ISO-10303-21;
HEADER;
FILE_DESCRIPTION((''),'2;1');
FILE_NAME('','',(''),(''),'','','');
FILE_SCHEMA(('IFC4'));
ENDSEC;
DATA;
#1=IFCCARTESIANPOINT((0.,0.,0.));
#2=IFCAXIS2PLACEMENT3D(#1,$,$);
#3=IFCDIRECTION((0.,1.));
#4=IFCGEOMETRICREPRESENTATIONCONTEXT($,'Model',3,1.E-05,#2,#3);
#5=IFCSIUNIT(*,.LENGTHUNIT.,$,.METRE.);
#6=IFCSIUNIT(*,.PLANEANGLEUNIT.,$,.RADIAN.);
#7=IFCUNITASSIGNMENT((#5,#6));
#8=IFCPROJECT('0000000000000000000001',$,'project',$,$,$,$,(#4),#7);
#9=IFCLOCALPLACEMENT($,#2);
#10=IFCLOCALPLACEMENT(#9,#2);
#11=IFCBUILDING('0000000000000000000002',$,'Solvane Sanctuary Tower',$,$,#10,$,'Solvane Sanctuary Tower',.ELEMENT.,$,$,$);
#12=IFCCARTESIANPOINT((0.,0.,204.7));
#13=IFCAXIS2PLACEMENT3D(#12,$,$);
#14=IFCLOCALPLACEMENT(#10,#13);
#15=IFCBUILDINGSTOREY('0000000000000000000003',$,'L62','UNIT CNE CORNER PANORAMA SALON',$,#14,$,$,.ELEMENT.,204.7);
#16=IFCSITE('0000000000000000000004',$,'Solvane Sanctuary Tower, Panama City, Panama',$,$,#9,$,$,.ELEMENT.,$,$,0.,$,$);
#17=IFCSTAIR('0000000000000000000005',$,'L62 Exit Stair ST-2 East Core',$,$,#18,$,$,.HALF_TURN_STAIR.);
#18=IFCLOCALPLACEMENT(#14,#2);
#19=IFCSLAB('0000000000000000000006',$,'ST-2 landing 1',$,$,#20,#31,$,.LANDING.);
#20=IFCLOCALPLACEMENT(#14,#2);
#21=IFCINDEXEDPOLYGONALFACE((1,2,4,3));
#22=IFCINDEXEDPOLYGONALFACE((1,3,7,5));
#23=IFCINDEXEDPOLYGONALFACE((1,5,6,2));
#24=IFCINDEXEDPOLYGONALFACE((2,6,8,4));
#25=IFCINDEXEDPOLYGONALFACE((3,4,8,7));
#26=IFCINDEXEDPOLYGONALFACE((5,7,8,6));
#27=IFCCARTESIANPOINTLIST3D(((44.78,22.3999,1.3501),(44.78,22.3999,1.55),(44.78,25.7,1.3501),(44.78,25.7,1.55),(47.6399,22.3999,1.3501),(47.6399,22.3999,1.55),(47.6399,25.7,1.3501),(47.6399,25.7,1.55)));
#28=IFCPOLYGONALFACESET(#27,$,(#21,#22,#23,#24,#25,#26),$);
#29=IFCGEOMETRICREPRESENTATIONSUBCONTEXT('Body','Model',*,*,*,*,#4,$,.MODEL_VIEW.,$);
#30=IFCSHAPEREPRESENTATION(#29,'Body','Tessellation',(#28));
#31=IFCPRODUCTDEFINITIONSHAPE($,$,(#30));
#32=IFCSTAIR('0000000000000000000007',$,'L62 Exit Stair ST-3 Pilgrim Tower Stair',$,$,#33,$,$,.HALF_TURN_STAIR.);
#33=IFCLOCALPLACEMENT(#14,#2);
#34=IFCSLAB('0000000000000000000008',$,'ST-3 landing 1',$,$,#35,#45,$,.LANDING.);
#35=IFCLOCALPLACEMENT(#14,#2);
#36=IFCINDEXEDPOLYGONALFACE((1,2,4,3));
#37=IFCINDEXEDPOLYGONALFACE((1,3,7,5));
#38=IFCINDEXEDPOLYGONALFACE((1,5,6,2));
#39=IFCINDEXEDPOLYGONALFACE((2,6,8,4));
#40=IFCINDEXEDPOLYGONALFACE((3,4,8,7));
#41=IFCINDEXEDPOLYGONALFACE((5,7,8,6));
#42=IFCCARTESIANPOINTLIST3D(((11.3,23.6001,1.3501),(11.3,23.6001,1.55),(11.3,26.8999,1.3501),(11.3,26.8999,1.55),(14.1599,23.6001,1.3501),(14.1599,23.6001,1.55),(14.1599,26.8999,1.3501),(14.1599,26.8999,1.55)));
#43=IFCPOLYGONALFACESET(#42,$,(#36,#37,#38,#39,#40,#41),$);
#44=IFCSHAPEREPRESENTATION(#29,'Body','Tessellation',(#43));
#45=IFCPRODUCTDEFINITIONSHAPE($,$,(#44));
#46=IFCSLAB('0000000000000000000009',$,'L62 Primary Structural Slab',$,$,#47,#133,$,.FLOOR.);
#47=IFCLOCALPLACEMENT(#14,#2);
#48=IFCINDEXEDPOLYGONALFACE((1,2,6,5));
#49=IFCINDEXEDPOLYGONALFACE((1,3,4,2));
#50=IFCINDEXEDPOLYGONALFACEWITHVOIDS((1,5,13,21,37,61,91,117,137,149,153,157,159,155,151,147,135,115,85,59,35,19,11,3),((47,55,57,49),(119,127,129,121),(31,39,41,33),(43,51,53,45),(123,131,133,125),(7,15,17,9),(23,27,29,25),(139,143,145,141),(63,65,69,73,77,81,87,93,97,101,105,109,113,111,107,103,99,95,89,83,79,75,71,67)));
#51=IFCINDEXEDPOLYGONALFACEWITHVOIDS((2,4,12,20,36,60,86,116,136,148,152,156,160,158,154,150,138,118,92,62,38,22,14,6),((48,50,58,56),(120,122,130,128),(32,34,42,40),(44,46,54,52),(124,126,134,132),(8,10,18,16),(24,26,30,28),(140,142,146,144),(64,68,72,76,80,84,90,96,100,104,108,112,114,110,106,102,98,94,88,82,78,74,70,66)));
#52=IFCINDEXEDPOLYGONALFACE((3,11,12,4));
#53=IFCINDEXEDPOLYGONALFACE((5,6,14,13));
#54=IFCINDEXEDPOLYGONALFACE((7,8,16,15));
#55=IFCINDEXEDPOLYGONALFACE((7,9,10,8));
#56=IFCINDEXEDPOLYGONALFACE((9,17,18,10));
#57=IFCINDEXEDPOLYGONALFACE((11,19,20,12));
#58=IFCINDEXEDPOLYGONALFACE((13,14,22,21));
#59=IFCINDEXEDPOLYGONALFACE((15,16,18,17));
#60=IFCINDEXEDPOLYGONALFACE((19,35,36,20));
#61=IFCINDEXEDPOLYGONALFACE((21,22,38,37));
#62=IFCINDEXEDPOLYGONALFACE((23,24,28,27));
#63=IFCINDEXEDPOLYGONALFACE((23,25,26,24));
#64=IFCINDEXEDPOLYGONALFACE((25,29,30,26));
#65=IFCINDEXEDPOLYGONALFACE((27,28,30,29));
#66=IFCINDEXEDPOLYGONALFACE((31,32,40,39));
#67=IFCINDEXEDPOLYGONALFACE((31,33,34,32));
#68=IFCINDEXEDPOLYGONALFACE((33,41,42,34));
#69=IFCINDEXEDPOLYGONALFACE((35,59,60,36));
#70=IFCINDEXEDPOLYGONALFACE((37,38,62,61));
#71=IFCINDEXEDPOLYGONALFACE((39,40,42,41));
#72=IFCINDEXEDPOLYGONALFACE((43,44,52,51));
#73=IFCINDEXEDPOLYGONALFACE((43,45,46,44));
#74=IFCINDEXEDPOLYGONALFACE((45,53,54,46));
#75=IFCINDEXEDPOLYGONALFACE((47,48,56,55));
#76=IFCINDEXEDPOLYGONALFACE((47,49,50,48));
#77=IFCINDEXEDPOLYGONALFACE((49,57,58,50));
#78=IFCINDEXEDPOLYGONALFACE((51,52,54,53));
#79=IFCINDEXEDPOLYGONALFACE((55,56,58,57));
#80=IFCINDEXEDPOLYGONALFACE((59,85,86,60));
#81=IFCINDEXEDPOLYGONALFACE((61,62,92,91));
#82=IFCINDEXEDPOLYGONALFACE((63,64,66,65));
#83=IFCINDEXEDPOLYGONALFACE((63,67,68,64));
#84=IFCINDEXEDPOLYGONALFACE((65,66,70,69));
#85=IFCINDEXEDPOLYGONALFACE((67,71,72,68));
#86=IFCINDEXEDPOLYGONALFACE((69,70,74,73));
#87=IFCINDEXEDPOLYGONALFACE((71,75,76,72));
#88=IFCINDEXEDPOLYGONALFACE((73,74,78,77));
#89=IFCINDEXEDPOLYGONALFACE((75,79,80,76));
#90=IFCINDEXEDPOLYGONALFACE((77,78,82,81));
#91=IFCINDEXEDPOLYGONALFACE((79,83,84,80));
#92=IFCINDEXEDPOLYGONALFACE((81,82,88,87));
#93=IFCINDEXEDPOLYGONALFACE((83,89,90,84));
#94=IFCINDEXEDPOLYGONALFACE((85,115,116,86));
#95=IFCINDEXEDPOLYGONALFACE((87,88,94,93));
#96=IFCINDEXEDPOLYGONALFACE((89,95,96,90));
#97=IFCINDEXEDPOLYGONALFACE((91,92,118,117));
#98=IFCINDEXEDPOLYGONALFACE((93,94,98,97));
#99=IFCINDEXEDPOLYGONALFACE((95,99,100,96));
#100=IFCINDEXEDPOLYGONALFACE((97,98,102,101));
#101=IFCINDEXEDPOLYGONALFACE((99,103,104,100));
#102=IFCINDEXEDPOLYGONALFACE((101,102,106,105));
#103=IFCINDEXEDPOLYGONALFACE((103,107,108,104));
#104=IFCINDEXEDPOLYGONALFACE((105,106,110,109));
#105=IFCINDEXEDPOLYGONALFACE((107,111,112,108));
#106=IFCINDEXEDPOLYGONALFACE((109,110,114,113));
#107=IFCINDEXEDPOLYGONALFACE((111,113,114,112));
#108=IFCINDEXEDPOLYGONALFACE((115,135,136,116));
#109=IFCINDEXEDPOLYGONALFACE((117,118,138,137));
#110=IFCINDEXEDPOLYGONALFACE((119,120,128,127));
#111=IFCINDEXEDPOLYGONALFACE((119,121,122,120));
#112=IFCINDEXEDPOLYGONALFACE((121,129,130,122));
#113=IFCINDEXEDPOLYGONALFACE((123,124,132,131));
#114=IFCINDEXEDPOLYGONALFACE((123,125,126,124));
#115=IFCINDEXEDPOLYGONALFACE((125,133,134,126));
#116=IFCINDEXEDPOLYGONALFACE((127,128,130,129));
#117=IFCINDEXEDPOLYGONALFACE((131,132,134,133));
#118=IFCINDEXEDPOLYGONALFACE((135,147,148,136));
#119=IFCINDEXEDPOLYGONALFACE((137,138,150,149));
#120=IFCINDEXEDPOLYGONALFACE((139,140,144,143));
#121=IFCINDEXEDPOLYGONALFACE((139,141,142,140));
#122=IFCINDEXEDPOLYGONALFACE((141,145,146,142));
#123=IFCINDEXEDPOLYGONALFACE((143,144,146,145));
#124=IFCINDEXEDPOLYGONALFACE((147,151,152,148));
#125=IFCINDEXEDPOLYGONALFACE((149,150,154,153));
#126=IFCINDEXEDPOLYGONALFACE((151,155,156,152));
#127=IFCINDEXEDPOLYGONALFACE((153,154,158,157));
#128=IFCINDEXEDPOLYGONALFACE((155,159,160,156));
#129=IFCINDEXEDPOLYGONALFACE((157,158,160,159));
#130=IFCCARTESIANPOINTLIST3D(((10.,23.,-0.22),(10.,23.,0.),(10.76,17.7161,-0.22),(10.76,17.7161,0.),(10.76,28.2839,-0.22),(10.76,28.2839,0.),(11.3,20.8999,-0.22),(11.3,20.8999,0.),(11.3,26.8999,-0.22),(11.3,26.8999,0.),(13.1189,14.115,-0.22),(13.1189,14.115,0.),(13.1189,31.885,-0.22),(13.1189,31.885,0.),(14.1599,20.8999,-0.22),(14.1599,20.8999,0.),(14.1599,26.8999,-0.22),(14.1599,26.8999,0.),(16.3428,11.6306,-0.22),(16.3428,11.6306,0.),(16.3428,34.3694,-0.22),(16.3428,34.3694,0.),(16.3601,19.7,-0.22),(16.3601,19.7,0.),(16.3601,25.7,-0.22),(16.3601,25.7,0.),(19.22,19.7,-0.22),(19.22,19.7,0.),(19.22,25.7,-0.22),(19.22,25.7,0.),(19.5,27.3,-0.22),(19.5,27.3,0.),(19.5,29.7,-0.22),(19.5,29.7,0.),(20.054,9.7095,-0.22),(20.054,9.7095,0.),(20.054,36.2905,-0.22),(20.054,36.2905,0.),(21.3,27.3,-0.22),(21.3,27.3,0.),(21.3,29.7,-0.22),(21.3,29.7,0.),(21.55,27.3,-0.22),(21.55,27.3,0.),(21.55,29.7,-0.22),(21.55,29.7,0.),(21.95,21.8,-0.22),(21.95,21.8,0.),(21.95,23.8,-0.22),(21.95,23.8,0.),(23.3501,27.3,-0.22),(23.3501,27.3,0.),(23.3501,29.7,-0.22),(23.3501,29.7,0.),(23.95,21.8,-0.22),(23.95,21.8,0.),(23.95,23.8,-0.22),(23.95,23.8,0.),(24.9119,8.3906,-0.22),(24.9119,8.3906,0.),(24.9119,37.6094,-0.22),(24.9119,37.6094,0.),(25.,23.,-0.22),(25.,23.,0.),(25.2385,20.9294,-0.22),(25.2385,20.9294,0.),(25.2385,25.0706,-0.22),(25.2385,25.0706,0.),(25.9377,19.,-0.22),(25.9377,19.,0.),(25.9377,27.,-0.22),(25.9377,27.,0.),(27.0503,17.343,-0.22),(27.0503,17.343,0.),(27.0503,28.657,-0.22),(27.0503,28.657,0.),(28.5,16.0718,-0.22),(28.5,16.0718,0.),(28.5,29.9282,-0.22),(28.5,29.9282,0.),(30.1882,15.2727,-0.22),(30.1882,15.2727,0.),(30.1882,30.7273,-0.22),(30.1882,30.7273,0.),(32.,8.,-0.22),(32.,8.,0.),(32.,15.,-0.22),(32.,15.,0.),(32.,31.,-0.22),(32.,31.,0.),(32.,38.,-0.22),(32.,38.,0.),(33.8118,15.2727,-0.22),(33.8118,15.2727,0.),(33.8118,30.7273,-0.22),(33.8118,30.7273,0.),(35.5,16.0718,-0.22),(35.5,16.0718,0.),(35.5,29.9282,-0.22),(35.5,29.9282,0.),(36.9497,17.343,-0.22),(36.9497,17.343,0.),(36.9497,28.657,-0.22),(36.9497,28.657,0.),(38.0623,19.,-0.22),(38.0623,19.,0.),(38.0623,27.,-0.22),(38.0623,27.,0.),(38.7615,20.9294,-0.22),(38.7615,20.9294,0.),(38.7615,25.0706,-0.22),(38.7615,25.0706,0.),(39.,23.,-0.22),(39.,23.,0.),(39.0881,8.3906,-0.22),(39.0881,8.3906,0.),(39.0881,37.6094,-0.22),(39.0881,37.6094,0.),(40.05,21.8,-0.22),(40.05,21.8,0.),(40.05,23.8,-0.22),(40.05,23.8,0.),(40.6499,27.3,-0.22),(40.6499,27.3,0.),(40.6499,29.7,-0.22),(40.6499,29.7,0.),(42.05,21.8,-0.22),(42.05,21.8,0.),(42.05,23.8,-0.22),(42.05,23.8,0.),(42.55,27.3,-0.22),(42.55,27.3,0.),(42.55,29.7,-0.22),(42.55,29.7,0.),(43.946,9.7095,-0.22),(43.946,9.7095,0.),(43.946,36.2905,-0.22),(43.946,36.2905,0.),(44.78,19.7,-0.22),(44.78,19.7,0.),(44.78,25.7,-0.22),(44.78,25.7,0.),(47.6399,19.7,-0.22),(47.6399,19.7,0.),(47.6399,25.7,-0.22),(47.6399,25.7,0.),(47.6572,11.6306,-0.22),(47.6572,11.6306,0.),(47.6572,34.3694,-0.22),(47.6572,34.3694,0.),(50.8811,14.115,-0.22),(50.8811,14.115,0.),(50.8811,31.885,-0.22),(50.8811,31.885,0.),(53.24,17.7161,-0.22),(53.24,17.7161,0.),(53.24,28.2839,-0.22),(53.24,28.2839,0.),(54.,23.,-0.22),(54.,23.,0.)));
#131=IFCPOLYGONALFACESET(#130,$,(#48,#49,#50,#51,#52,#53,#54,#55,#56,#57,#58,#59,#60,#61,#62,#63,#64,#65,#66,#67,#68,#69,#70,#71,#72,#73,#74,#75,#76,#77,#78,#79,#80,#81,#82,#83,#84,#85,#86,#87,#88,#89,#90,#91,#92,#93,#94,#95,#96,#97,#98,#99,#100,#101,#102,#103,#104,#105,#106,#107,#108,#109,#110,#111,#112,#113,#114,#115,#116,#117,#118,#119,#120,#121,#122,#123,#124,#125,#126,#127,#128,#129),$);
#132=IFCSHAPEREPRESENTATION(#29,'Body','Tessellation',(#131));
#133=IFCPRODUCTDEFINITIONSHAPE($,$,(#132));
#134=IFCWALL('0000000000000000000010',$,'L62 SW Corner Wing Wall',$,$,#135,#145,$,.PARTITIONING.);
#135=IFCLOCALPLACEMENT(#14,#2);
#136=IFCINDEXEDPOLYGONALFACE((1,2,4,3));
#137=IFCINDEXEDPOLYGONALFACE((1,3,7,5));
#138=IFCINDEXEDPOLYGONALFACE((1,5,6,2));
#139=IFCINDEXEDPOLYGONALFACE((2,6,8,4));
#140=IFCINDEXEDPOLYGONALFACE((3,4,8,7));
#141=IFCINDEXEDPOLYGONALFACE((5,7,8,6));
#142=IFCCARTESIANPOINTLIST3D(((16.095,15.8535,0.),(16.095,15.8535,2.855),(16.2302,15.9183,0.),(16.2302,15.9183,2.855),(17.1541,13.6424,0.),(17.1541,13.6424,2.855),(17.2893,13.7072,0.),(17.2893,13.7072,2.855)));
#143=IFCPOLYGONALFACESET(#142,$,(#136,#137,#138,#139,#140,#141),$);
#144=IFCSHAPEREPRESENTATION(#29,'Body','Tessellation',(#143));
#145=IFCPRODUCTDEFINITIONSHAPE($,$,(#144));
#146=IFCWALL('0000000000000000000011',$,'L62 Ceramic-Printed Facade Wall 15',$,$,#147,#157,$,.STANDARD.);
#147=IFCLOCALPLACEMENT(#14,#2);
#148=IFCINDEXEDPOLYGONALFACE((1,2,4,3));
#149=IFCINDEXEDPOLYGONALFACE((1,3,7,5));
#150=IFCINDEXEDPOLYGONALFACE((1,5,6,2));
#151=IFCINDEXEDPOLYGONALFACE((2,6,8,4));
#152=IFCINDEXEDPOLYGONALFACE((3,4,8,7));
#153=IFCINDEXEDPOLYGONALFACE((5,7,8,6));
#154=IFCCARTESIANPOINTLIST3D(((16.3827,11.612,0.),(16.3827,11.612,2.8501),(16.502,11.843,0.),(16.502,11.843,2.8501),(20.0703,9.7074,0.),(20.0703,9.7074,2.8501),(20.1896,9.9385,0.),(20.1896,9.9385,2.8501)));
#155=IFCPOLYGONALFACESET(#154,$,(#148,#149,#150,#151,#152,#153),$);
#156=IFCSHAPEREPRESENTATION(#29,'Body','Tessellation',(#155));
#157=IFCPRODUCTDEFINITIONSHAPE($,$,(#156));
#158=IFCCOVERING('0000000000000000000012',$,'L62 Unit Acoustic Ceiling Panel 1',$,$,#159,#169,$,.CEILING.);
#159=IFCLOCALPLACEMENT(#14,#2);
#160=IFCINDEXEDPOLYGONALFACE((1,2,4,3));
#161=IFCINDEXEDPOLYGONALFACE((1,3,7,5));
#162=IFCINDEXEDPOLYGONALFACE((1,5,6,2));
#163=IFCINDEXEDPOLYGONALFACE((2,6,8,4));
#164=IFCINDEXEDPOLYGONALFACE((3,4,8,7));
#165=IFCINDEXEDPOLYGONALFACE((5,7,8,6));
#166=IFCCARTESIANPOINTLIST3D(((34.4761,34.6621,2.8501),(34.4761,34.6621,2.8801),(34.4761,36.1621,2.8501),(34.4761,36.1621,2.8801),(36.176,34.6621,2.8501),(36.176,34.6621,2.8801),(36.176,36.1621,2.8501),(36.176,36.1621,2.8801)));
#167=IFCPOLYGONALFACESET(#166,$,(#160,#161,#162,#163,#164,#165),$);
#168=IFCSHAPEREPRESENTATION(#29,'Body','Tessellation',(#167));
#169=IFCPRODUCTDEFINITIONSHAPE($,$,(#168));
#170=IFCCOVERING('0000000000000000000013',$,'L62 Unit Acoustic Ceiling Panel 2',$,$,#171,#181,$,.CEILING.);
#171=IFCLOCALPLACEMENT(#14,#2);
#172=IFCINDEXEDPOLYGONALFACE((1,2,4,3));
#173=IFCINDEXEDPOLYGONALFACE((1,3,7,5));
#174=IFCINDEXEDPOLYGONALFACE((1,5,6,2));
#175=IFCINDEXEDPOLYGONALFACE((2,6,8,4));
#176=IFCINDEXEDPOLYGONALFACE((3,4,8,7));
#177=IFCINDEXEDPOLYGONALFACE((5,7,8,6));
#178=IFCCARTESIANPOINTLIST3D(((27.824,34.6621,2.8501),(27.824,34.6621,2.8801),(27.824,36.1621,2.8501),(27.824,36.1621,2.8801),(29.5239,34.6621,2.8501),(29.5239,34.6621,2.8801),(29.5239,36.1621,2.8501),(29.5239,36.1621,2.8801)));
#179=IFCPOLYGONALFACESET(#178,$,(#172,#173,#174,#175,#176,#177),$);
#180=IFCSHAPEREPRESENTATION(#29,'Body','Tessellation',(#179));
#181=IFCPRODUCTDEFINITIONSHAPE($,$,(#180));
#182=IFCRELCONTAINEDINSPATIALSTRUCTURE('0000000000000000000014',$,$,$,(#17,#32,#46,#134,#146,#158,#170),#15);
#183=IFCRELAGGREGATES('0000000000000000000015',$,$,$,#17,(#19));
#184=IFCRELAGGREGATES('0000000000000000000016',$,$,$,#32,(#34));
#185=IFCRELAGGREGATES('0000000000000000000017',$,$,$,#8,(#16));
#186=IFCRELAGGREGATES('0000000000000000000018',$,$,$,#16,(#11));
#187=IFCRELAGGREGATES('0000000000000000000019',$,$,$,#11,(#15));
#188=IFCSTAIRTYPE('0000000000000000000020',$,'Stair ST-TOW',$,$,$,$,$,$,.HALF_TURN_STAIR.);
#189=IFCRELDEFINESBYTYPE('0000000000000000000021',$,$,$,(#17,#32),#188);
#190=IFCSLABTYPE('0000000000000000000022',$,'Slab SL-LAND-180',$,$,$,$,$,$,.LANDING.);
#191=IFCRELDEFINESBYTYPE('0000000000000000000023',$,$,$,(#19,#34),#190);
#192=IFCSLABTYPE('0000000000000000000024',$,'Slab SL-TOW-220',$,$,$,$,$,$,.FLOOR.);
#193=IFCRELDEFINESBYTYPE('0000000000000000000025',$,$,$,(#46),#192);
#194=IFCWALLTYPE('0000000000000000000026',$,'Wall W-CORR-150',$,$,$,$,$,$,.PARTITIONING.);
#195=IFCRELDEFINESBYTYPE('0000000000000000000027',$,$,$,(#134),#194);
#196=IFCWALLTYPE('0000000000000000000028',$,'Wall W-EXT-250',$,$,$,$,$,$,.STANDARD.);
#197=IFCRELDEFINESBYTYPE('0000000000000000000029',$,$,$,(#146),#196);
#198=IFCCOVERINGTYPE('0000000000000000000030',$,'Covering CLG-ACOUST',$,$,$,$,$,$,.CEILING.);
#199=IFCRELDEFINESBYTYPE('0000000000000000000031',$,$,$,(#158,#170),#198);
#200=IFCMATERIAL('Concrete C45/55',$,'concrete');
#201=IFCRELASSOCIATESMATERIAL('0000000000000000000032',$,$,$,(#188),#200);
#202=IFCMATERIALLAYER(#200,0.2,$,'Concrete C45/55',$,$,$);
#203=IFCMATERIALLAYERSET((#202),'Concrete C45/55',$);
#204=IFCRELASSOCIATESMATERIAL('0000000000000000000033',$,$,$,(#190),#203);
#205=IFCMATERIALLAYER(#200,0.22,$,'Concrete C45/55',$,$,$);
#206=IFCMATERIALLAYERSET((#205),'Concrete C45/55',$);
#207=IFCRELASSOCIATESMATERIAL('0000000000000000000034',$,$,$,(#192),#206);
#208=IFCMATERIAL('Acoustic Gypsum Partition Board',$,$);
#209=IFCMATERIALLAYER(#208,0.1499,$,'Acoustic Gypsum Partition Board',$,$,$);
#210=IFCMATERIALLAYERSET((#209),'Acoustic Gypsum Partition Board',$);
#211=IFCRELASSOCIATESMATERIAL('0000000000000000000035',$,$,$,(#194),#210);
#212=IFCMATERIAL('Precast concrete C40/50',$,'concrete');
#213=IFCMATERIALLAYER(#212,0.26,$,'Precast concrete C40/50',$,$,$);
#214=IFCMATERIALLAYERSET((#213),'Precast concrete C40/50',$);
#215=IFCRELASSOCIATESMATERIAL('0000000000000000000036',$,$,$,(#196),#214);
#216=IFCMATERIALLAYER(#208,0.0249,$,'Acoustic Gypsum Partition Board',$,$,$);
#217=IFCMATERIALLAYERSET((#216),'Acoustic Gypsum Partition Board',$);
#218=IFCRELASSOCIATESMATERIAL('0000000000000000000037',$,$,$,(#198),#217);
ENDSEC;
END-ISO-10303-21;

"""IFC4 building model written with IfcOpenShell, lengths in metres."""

from ifc_helpers import new_model, si_unit, direction, frame, frame_2d, origin, place, context, subcontext, project, spatial, polyline, rectangle, outline, extrude, material, layer, layer_set, type_object, element, aggregate, save


model = new_model("IFC4")

# Units and contexts
model_context = context("Model", 3, precision=1e-05, world=origin(), true_north=direction((0.0, 1.0)))
body_context = subcontext(model_context, "Body", "Model", "MODEL_VIEW")
ifc_project = project(units=[si_unit("LENGTHUNIT", "METRE"), si_unit("PLANEANGLEUNIT", "RADIAN")], contexts=[model_context])

# Site, building, storey
site_placement = place(None, origin())
site = spatial("IfcSite", under=ifc_project, at=site_placement, Name="Solvane Sanctuary Tower, Panama City, Panama", CompositionType="ELEMENT", RefElevation=0.0)
building_placement = place(site_placement, origin())
building = spatial("IfcBuilding", under=site, at=building_placement, Name="Solvane Sanctuary Tower", LongName="Solvane Sanctuary Tower", CompositionType="ELEMENT")
storey_placement = place(building_placement, frame((0.0, 0.0, 204.7)))
storey = spatial("IfcBuildingStorey", under=building, at=storey_placement, Name="L62", Description="UNIT CNE CORNER PANORAMA SALON", CompositionType="ELEMENT", Elevation=204.7)

# Shared definitions
ifc_material_1 = material(Name="Precast concrete C40/50", Category="concrete")

# Stairs, slabs
ifc_material_2 = material(Name="Concrete C45/55", Category="concrete")
stair_type = type_object("IfcStairType", Name="Stair ST-TOW", PredefinedType="HALF_TURN_STAIR", material=ifc_material_2)
ifc_layer_1 = layer(ifc_material_2, 0.2, Name="Concrete C45/55")
ifc_layer_set_1 = layer_set([ifc_layer_1], Name="Concrete C45/55")
slab_type_1 = type_object("IfcSlabType", Name="Slab SL-LAND-180", PredefinedType="LANDING", material=ifc_layer_set_1)
stair_1_placement = place(storey_placement, origin())
stair_1 = element("IfcStair", 1, at=stair_1_placement, inside=storey, type_object=stair_type, Name="L62 Exit Stair ST-2 East Core", PredefinedType="HALF_TURN_STAIR")
slab_1_placement = place(storey_placement, frame((0.0, 0.0, 1.3501)))
slab_1 = element("IfcSlab", 2, at=slab_1_placement, type_object=slab_type_1, Name="ST-2 landing 1", PredefinedType="LANDING", context=body_context, shape_type="SweptSolid", body=[
    extrude(outline(polyline([(47.6399, 22.3999), (47.6399, 25.7), (44.78, 25.7), (44.78, 22.3999), (47.6399, 22.3999)])), origin(), (0.0, 0.0, 1.0), 0.2),
])
aggregate(stair_1, [slab_1])
stair_2_placement = place(storey_placement, origin())
stair_2 = element("IfcStair", 3, at=stair_2_placement, inside=storey, type_object=stair_type, Name="L62 Exit Stair ST-3 Pilgrim Tower Stair", PredefinedType="HALF_TURN_STAIR")
slab_2_placement = place(storey_placement, frame((0.0, 0.0, 1.3501)))
slab_2 = element("IfcSlab", 4, at=slab_2_placement, type_object=slab_type_1, Name="ST-3 landing 1", PredefinedType="LANDING", context=body_context, shape_type="SweptSolid", body=[
    extrude(outline(polyline([(14.1599, 23.6001), (14.1599, 26.8999), (11.3, 26.8999), (11.3, 23.6001), (14.1599, 23.6001)])), origin(), (0.0, 0.0, 1.0), 0.2),
])
aggregate(stair_2, [slab_2])

# Slab
ifc_layer_2 = layer(ifc_material_2, 0.22, Name="Concrete C45/55")
ifc_layer_set_2 = layer_set([ifc_layer_2], Name="Concrete C45/55")
slab_type_2 = type_object("IfcSlabType", Name="Slab SL-TOW-220", PredefinedType="FLOOR", material=ifc_layer_set_2)
slab_3_placement = place(storey_placement, frame((0.0, 0.0, -0.22)))
element("IfcSlab", 5, at=slab_3_placement, inside=storey, type_object=slab_type_2, Name="L62 Primary Structural Slab", PredefinedType="FLOOR", context=body_context, shape_type="SweptSolid", body=[
    extrude(outline(polyline([(54.0, 23.0), (53.24, 28.2839), (50.8811, 31.885), (47.6572, 34.3694), (43.946, 36.2905), (39.0881, 37.6094), (32.0, 38.0), (24.9119, 37.6094), (20.054, 36.2905), (16.3428, 34.3694), (13.1189, 31.885), (10.76, 28.2839), (10.0, 23.0), (10.76, 17.7161), (13.1189, 14.115), (16.3428, 11.6306), (20.054, 9.7095), (24.9119, 8.3906), (32.0, 8.0), (39.0881, 8.3906), (43.946, 9.7095), (47.6572, 11.6306), (50.8811, 14.115), (53.24, 17.7161), (54.0, 23.0)]), holes=[polyline([(38.7615, 20.9294), (38.0623, 19.0), (36.9497, 17.343), (35.5, 16.0718), (33.8118, 15.2727), (32.0, 15.0), (30.1882, 15.2727), (28.5, 16.0718), (27.0503, 17.343), (25.9377, 19.0), (25.2385, 20.9294), (25.0, 23.0), (25.2385, 25.0706), (25.9377, 27.0), (27.0503, 28.657), (28.5, 29.9282), (30.1882, 30.7273), (32.0, 31.0), (33.8118, 30.7273), (35.5, 29.9282), (36.9497, 28.657), (38.0623, 27.0), (38.7615, 25.0706), (39.0, 23.0), (38.7615, 20.9294)]), polyline([(16.3601, 19.7), (16.3601, 25.7), (19.22, 25.7), (19.22, 19.7), (16.3601, 19.7)]), polyline([(44.78, 19.7), (44.78, 25.7), (47.6399, 25.7), (47.6399, 19.7), (44.78, 19.7)]), polyline([(11.3, 20.8999), (11.3, 26.8999), (14.1599, 26.8999), (14.1599, 20.8999), (11.3, 20.8999)]), polyline([(21.95, 23.8), (23.95, 23.8), (23.95, 21.8), (21.95, 21.8), (21.95, 23.8)]), polyline([(40.05, 23.8), (42.05, 23.8), (42.05, 21.8), (40.05, 21.8), (40.05, 23.8)]), polyline([(19.5, 29.7), (21.3, 29.7), (21.3, 27.3), (19.5, 27.3), (19.5, 29.7)]), polyline([(21.55, 29.7), (23.3501, 29.7), (23.3501, 27.3), (21.55, 27.3), (21.55, 29.7)]), polyline([(40.6499, 29.7), (42.55, 29.7), (42.55, 27.3), (40.6499, 27.3), (40.6499, 29.7)])]), origin(), (0.0, 0.0, 1.0), 0.22),
])

# Walls
ifc_material_3 = material(Name="Acoustic Gypsum Partition Board")
ifc_layer_3 = layer(ifc_material_3, 0.1499, Name="Acoustic Gypsum Partition Board")
ifc_layer_set_3 = layer_set([ifc_layer_3], Name="Acoustic Gypsum Partition Board")
wall_type_1 = type_object("IfcWallType", Name="Wall W-CORR-150", PredefinedType="PARTITIONING", material=ifc_layer_set_3)
wall_1_placement = place(storey_placement, frame((17.2217, 13.6748, 0.0), z_axis=(0.0, 0.0, 1.0), x_axis=(-0.431973, 0.901886, 0.0)))
element("IfcWall", 6, at=wall_1_placement, inside=storey, type_object=wall_type_1, Name="L62 SW Corner Wing Wall", PredefinedType="PARTITIONING", context=body_context, shape_type="SweptSolid", body=[
    extrude(rectangle(XDim=2.4517, YDim=0.1499, at=frame_2d((1.2258, 0.0))), origin(), (0.0, 0.0, 1.0), 2.855),
])
ifc_layer_4 = layer(ifc_material_1, 0.26, Name="Precast concrete C40/50")
ifc_layer_set_4 = layer_set([ifc_layer_4], Name="Precast concrete C40/50")
wall_type_2 = type_object("IfcWallType", Name="Wall W-EXT-250", PredefinedType="STANDARD", material=ifc_layer_set_4)
wall_2_placement = place(storey_placement, frame((16.4424, 11.7275, 0.0), z_axis=(0.0, 0.0, 1.0), x_axis=(0.888491, -0.458893, 0.0)))
element("IfcWall", 7, at=wall_2_placement, inside=storey, type_object=wall_type_2, Name="L62 Ceramic-Printed Facade Wall 15", PredefinedType="STANDARD", context=body_context, shape_type="SweptSolid", body=[
    extrude(rectangle(XDim=4.1504, YDim=0.26, at=frame_2d((2.0752, 0.0))), origin(), (0.0, 0.0, 1.0), 2.8501),
])

# Coverings
ifc_layer_5 = layer(ifc_material_3, 0.0249, Name="Acoustic Gypsum Partition Board")
ifc_layer_set_5 = layer_set([ifc_layer_5], Name="Acoustic Gypsum Partition Board")
covering_type_1 = type_object("IfcCoveringType", Name="Covering CLG-ACOUST", PredefinedType="CEILING", material=ifc_layer_set_5)
covering_1_placement = place(storey_placement, frame((0.0, 0.0, 2.8501)))
element("IfcCovering", 8, at=covering_1_placement, inside=storey, type_object=covering_type_1, Name="L62 Unit Acoustic Ceiling Panel 1", PredefinedType="CEILING", context=body_context, shape_type="SweptSolid", body=[
    extrude(outline(polyline([(34.4761, 34.6621), (36.176, 34.6621), (36.176, 36.1621), (34.4761, 36.1621), (34.4761, 34.6621)])), origin(), (0.0, 0.0, 1.0), 0.03),
])
covering_2_placement = place(storey_placement, frame((0.0, 0.0, 2.8501)))
element("IfcCovering", 9, at=covering_2_placement, inside=storey, type_object=covering_type_1, Name="L62 Unit Acoustic Ceiling Panel 2", PredefinedType="CEILING", context=body_context, shape_type="SweptSolid", body=[
    extrude(outline(polyline([(27.824, 34.6621), (29.5239, 34.6621), (29.5239, 36.1621), (27.824, 36.1621), (27.824, 34.6621)])), origin(), (0.0, 0.0, 1.0), 0.03),
])

save(model, "model.ifc")
